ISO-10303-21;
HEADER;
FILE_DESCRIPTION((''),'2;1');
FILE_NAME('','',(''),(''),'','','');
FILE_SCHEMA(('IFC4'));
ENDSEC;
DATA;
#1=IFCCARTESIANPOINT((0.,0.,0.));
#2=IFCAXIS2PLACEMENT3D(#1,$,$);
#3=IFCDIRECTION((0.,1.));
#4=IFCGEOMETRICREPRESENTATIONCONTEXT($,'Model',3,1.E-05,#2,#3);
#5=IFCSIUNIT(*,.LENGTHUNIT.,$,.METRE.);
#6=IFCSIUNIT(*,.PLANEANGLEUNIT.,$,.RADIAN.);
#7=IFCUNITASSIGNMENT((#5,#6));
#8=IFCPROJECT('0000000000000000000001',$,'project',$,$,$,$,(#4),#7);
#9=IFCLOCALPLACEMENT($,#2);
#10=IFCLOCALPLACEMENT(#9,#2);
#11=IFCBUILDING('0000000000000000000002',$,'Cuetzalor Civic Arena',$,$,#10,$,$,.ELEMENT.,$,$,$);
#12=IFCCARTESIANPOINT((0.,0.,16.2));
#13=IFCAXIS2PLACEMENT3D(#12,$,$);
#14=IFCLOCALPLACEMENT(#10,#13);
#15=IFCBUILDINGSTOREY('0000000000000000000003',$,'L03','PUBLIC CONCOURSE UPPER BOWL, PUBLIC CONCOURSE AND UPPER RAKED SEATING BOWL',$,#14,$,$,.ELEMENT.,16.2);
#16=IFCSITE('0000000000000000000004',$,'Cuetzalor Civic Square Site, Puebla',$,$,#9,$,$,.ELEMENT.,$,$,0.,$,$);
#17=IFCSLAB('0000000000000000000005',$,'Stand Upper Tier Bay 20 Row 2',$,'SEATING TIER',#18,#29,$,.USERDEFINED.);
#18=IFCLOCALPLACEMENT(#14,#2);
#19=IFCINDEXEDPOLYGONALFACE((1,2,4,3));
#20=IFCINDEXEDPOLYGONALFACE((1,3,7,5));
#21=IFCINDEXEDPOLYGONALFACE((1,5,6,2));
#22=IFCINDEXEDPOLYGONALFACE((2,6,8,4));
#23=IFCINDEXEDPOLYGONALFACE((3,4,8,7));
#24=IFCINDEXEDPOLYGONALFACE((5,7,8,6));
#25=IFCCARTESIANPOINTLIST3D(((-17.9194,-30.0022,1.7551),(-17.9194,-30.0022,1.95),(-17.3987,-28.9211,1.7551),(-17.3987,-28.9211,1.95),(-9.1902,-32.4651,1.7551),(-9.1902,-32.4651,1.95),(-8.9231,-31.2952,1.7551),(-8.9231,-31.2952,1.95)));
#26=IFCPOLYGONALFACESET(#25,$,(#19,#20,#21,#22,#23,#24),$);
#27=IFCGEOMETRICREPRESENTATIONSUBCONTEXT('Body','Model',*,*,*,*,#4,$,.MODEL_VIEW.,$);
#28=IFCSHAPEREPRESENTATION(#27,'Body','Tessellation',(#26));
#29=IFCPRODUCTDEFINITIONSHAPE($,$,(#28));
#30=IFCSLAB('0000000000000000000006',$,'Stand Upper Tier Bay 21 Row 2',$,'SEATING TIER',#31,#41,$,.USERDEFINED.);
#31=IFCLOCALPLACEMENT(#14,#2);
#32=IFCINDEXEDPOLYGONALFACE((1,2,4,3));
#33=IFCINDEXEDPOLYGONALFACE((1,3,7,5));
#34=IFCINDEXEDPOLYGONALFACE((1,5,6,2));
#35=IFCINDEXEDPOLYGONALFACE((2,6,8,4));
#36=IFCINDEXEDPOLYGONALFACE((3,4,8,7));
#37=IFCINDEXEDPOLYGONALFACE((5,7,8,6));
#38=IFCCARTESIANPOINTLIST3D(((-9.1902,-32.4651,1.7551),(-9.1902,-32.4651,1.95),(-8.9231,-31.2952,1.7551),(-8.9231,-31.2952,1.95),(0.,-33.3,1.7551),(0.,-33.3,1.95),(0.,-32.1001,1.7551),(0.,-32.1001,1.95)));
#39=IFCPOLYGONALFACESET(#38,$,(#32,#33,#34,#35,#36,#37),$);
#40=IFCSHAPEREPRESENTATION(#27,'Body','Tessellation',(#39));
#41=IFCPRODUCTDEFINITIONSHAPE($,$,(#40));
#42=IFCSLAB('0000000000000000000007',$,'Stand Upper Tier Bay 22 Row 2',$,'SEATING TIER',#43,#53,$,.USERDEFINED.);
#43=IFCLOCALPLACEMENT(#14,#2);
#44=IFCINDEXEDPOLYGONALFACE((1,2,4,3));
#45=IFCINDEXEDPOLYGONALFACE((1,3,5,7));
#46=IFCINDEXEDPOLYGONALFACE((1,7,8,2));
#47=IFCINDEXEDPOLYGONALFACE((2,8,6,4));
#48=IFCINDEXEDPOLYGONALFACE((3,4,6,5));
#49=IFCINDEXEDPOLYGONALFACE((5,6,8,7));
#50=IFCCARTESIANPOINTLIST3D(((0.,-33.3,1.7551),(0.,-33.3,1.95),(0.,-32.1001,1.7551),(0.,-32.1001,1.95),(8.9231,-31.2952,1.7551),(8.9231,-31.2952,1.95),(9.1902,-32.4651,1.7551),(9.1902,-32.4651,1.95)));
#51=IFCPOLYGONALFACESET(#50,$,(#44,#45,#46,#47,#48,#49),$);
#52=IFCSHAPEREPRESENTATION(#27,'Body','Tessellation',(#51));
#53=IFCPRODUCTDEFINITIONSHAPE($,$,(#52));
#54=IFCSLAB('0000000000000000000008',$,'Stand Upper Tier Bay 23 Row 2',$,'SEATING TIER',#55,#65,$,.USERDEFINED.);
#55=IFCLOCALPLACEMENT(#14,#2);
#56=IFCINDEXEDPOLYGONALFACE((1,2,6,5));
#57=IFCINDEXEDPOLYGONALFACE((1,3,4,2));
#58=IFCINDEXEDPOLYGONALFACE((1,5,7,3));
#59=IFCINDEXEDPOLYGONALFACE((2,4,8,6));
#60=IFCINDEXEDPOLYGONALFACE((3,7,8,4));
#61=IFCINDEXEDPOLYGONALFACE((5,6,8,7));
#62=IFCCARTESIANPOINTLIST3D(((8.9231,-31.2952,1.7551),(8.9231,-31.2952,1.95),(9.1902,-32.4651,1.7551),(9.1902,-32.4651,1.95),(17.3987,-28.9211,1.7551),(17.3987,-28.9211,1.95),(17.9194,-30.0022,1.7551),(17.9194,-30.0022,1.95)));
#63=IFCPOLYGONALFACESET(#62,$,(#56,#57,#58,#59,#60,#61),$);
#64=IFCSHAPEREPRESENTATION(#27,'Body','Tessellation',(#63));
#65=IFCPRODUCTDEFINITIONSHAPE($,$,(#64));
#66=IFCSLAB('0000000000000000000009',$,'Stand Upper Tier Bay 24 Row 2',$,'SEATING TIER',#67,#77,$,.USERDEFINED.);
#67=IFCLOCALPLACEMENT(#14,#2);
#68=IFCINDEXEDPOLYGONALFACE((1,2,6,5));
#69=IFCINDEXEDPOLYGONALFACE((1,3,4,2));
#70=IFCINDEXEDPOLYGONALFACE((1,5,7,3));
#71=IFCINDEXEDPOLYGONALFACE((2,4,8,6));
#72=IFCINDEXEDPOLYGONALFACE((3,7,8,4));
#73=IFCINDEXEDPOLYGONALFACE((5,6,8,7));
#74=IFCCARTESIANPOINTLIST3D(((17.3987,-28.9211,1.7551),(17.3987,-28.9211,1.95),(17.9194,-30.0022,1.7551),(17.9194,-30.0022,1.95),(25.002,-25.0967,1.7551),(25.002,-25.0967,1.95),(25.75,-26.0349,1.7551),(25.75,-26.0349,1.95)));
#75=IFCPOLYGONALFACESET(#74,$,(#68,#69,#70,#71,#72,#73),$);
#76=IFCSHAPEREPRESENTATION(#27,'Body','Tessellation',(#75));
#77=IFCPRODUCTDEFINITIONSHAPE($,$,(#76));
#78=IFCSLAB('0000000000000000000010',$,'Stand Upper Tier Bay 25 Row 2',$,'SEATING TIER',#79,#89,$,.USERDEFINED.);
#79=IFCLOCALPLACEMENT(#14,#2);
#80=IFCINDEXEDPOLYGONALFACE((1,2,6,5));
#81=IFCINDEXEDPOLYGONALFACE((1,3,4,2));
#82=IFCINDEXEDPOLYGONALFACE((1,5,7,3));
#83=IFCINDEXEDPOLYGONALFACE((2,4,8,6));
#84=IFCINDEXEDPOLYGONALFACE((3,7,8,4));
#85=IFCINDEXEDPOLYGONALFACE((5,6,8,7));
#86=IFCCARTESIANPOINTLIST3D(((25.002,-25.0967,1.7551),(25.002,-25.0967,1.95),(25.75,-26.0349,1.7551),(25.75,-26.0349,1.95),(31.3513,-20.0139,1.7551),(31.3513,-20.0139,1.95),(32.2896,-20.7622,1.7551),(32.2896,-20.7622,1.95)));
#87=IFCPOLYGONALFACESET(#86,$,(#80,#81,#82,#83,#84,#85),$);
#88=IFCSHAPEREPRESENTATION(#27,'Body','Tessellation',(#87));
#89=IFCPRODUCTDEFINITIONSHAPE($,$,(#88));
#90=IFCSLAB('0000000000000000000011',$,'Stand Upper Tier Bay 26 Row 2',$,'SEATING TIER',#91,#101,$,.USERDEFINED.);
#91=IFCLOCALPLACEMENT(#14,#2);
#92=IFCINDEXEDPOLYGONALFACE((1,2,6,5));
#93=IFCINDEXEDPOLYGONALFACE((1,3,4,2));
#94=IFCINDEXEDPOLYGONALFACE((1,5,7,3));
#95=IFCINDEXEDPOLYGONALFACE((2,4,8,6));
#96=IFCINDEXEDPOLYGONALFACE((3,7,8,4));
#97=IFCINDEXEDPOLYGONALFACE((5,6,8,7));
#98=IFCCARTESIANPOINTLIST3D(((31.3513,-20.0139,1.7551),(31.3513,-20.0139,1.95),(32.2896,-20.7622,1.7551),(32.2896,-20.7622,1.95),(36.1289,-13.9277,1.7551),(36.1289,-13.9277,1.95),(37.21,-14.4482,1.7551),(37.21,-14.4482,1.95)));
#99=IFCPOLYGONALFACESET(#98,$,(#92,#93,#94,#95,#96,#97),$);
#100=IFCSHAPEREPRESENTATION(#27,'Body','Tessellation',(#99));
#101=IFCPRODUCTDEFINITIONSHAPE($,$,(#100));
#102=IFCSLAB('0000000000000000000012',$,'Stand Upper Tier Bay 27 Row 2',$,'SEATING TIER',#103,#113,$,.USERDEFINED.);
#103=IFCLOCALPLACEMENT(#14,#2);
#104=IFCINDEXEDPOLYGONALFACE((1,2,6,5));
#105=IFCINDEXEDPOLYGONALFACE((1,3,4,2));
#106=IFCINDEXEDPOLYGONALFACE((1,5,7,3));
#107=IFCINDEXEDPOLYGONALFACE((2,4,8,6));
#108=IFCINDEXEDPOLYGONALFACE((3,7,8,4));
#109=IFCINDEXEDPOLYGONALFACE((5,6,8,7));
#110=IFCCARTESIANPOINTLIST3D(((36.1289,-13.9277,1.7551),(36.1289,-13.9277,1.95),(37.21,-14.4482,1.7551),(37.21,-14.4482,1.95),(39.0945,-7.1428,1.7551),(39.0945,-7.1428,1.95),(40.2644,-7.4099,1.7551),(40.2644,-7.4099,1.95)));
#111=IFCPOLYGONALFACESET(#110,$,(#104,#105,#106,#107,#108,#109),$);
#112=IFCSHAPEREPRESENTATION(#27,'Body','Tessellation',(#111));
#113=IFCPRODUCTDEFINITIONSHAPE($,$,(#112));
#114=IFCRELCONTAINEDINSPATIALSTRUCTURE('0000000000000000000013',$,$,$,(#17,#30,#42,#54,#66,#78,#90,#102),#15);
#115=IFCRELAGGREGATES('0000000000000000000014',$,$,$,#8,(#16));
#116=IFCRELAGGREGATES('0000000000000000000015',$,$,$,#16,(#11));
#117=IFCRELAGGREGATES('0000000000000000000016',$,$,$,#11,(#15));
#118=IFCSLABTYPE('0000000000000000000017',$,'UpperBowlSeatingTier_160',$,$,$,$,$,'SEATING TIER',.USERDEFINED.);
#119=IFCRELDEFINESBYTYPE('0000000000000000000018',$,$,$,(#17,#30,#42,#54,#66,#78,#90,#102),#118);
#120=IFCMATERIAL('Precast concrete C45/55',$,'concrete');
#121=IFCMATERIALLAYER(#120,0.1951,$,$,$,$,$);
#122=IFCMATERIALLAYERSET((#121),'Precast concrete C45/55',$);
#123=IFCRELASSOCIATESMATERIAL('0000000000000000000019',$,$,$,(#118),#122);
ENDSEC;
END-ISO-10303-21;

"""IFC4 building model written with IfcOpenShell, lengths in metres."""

from ifc_helpers import new_model, si_unit, direction, frame, origin, place, context, subcontext, project, spatial, polyline, outline, extrude, material, layer, layer_set, type_object, element, save


model = new_model("IFC4")

# Units and contexts
model_context = context("Model", 3, precision=1e-05, world=origin(), true_north=direction((0.0, 1.0)))
body_context = subcontext(model_context, "Body", "Model", "MODEL_VIEW")
ifc_project = project(units=[si_unit("LENGTHUNIT", "METRE"), si_unit("PLANEANGLEUNIT", "RADIAN")], contexts=[model_context])

# Site, building, storey
site_placement = place(None, origin())
site = spatial("IfcSite", under=ifc_project, at=site_placement, Name="Cuetzalor Civic Square Site, Puebla", CompositionType="ELEMENT", RefElevation=0.0)
building_placement = place(site_placement, origin())
building = spatial("IfcBuilding", under=site, at=building_placement, Name="Cuetzalor Civic Arena", CompositionType="ELEMENT")
storey_placement = place(building_placement, frame((0.0, 0.0, 16.2)))
storey = spatial("IfcBuildingStorey", under=building, at=storey_placement, Name="L03", Description="PUBLIC CONCOURSE UPPER BOWL, PUBLIC CONCOURSE AND UPPER RAKED SEATING BOWL", CompositionType="ELEMENT", Elevation=16.2)

# Slabs
ifc_material = material(Name="Precast concrete C45/55", Category="concrete")
ifc_layer = layer(ifc_material, 0.1951)
ifc_layer_set = layer_set([ifc_layer], Name="Precast concrete C45/55")
slab_type = type_object("IfcSlabType", Name="UpperBowlSeatingTier_160", ElementType="SEATING TIER", PredefinedType="USERDEFINED", material=ifc_layer_set)
slab_1_placement = place(storey_placement, frame((0.0, 0.0, 1.7551)))
element("IfcSlab", 1, at=slab_1_placement, inside=storey, type_object=slab_type, Name="Stand Upper Tier Bay 20 Row 2", ObjectType="SEATING TIER", PredefinedType="USERDEFINED", context=body_context, shape_type="SweptSolid", body=[
    extrude(outline(polyline([(-17.3987, -28.9211), (-8.9231, -31.2952), (-9.1902, -32.4651), (-17.9194, -30.0022), (-17.3987, -28.9211)])), origin(), (0.0, 0.0, 1.0), 0.1948),
])
slab_2_placement = place(storey_placement, frame((0.0, 0.0, 1.7551)))
element("IfcSlab", 2, at=slab_2_placement, inside=storey, type_object=slab_type, Name="Stand Upper Tier Bay 21 Row 2", ObjectType="SEATING TIER", PredefinedType="USERDEFINED", context=body_context, shape_type="SweptSolid", body=[
    extrude(outline(polyline([(-8.9231, -31.2952), (0.0, -32.1001), (0.0, -33.3), (-9.1902, -32.4651), (-8.9231, -31.2952)])), origin(), (0.0, 0.0, 1.0), 0.1948),
])
slab_3_placement = place(storey_placement, frame((0.0, 0.0, 1.7551)))
element("IfcSlab", 3, at=slab_3_placement, inside=storey, type_object=slab_type, Name="Stand Upper Tier Bay 22 Row 2", ObjectType="SEATING TIER", PredefinedType="USERDEFINED", context=body_context, shape_type="SweptSolid", body=[
    extrude(outline(polyline([(0.0, -32.1001), (8.9231, -31.2952), (9.1902, -32.4651), (0.0, -33.3), (0.0, -32.1001)])), origin(), (0.0, 0.0, 1.0), 0.1948),
])
slab_4_placement = place(storey_placement, frame((0.0, 0.0, 1.7551)))
element("IfcSlab", 4, at=slab_4_placement, inside=storey, type_object=slab_type, Name="Stand Upper Tier Bay 23 Row 2", ObjectType="SEATING TIER", PredefinedType="USERDEFINED", context=body_context, shape_type="SweptSolid", body=[
    extrude(outline(polyline([(8.9231, -31.2952), (17.3987, -28.9211), (17.9194, -30.0022), (9.1902, -32.4651), (8.9231, -31.2952)])), origin(), (0.0, 0.0, 1.0), 0.1948),
])
slab_5_placement = place(storey_placement, frame((0.0, 0.0, 1.7551)))
element("IfcSlab", 5, at=slab_5_placement, inside=storey, type_object=slab_type, Name="Stand Upper Tier Bay 24 Row 2", ObjectType="SEATING TIER", PredefinedType="USERDEFINED", context=body_context, shape_type="SweptSolid", body=[
    extrude(outline(polyline([(17.3987, -28.9211), (25.002, -25.0967), (25.75, -26.0349), (17.9194, -30.0022), (17.3987, -28.9211)])), origin(), (0.0, 0.0, 1.0), 0.1948),
])
slab_6_placement = place(storey_placement, frame((0.0, 0.0, 1.7551)))
element("IfcSlab", 6, at=slab_6_placement, inside=storey, type_object=slab_type, Name="Stand Upper Tier Bay 25 Row 2", ObjectType="SEATING TIER", PredefinedType="USERDEFINED", context=body_context, shape_type="SweptSolid", body=[
    extrude(outline(polyline([(25.002, -25.0967), (31.3513, -20.0139), (32.2896, -20.7622), (25.75, -26.0349), (25.002, -25.0967)])), origin(), (0.0, 0.0, 1.0), 0.1948),
])
slab_7_placement = place(storey_placement, frame((0.0, 0.0, 1.7551)))
element("IfcSlab", 7, at=slab_7_placement, inside=storey, type_object=slab_type, Name="Stand Upper Tier Bay 26 Row 2", ObjectType="SEATING TIER", PredefinedType="USERDEFINED", context=body_context, shape_type="SweptSolid", body=[
    extrude(outline(polyline([(31.3513, -20.0139), (36.1289, -13.9277), (37.21, -14.4482), (32.2896, -20.7622), (31.3513, -20.0139)])), origin(), (0.0, 0.0, 1.0), 0.1948),
])
slab_8_placement = place(storey_placement, frame((0.0, 0.0, 1.7551)))
element("IfcSlab", 8, at=slab_8_placement, inside=storey, type_object=slab_type, Name="Stand Upper Tier Bay 27 Row 2", ObjectType="SEATING TIER", PredefinedType="USERDEFINED", context=body_context, shape_type="SweptSolid", body=[
    extrude(outline(polyline([(36.1289, -13.9277), (39.0945, -7.1428), (40.2644, -7.4099), (37.21, -14.4482), (36.1289, -13.9277)])), origin(), (0.0, 0.0, 1.0), 0.1948),
])

save(model, "model.ifc")
